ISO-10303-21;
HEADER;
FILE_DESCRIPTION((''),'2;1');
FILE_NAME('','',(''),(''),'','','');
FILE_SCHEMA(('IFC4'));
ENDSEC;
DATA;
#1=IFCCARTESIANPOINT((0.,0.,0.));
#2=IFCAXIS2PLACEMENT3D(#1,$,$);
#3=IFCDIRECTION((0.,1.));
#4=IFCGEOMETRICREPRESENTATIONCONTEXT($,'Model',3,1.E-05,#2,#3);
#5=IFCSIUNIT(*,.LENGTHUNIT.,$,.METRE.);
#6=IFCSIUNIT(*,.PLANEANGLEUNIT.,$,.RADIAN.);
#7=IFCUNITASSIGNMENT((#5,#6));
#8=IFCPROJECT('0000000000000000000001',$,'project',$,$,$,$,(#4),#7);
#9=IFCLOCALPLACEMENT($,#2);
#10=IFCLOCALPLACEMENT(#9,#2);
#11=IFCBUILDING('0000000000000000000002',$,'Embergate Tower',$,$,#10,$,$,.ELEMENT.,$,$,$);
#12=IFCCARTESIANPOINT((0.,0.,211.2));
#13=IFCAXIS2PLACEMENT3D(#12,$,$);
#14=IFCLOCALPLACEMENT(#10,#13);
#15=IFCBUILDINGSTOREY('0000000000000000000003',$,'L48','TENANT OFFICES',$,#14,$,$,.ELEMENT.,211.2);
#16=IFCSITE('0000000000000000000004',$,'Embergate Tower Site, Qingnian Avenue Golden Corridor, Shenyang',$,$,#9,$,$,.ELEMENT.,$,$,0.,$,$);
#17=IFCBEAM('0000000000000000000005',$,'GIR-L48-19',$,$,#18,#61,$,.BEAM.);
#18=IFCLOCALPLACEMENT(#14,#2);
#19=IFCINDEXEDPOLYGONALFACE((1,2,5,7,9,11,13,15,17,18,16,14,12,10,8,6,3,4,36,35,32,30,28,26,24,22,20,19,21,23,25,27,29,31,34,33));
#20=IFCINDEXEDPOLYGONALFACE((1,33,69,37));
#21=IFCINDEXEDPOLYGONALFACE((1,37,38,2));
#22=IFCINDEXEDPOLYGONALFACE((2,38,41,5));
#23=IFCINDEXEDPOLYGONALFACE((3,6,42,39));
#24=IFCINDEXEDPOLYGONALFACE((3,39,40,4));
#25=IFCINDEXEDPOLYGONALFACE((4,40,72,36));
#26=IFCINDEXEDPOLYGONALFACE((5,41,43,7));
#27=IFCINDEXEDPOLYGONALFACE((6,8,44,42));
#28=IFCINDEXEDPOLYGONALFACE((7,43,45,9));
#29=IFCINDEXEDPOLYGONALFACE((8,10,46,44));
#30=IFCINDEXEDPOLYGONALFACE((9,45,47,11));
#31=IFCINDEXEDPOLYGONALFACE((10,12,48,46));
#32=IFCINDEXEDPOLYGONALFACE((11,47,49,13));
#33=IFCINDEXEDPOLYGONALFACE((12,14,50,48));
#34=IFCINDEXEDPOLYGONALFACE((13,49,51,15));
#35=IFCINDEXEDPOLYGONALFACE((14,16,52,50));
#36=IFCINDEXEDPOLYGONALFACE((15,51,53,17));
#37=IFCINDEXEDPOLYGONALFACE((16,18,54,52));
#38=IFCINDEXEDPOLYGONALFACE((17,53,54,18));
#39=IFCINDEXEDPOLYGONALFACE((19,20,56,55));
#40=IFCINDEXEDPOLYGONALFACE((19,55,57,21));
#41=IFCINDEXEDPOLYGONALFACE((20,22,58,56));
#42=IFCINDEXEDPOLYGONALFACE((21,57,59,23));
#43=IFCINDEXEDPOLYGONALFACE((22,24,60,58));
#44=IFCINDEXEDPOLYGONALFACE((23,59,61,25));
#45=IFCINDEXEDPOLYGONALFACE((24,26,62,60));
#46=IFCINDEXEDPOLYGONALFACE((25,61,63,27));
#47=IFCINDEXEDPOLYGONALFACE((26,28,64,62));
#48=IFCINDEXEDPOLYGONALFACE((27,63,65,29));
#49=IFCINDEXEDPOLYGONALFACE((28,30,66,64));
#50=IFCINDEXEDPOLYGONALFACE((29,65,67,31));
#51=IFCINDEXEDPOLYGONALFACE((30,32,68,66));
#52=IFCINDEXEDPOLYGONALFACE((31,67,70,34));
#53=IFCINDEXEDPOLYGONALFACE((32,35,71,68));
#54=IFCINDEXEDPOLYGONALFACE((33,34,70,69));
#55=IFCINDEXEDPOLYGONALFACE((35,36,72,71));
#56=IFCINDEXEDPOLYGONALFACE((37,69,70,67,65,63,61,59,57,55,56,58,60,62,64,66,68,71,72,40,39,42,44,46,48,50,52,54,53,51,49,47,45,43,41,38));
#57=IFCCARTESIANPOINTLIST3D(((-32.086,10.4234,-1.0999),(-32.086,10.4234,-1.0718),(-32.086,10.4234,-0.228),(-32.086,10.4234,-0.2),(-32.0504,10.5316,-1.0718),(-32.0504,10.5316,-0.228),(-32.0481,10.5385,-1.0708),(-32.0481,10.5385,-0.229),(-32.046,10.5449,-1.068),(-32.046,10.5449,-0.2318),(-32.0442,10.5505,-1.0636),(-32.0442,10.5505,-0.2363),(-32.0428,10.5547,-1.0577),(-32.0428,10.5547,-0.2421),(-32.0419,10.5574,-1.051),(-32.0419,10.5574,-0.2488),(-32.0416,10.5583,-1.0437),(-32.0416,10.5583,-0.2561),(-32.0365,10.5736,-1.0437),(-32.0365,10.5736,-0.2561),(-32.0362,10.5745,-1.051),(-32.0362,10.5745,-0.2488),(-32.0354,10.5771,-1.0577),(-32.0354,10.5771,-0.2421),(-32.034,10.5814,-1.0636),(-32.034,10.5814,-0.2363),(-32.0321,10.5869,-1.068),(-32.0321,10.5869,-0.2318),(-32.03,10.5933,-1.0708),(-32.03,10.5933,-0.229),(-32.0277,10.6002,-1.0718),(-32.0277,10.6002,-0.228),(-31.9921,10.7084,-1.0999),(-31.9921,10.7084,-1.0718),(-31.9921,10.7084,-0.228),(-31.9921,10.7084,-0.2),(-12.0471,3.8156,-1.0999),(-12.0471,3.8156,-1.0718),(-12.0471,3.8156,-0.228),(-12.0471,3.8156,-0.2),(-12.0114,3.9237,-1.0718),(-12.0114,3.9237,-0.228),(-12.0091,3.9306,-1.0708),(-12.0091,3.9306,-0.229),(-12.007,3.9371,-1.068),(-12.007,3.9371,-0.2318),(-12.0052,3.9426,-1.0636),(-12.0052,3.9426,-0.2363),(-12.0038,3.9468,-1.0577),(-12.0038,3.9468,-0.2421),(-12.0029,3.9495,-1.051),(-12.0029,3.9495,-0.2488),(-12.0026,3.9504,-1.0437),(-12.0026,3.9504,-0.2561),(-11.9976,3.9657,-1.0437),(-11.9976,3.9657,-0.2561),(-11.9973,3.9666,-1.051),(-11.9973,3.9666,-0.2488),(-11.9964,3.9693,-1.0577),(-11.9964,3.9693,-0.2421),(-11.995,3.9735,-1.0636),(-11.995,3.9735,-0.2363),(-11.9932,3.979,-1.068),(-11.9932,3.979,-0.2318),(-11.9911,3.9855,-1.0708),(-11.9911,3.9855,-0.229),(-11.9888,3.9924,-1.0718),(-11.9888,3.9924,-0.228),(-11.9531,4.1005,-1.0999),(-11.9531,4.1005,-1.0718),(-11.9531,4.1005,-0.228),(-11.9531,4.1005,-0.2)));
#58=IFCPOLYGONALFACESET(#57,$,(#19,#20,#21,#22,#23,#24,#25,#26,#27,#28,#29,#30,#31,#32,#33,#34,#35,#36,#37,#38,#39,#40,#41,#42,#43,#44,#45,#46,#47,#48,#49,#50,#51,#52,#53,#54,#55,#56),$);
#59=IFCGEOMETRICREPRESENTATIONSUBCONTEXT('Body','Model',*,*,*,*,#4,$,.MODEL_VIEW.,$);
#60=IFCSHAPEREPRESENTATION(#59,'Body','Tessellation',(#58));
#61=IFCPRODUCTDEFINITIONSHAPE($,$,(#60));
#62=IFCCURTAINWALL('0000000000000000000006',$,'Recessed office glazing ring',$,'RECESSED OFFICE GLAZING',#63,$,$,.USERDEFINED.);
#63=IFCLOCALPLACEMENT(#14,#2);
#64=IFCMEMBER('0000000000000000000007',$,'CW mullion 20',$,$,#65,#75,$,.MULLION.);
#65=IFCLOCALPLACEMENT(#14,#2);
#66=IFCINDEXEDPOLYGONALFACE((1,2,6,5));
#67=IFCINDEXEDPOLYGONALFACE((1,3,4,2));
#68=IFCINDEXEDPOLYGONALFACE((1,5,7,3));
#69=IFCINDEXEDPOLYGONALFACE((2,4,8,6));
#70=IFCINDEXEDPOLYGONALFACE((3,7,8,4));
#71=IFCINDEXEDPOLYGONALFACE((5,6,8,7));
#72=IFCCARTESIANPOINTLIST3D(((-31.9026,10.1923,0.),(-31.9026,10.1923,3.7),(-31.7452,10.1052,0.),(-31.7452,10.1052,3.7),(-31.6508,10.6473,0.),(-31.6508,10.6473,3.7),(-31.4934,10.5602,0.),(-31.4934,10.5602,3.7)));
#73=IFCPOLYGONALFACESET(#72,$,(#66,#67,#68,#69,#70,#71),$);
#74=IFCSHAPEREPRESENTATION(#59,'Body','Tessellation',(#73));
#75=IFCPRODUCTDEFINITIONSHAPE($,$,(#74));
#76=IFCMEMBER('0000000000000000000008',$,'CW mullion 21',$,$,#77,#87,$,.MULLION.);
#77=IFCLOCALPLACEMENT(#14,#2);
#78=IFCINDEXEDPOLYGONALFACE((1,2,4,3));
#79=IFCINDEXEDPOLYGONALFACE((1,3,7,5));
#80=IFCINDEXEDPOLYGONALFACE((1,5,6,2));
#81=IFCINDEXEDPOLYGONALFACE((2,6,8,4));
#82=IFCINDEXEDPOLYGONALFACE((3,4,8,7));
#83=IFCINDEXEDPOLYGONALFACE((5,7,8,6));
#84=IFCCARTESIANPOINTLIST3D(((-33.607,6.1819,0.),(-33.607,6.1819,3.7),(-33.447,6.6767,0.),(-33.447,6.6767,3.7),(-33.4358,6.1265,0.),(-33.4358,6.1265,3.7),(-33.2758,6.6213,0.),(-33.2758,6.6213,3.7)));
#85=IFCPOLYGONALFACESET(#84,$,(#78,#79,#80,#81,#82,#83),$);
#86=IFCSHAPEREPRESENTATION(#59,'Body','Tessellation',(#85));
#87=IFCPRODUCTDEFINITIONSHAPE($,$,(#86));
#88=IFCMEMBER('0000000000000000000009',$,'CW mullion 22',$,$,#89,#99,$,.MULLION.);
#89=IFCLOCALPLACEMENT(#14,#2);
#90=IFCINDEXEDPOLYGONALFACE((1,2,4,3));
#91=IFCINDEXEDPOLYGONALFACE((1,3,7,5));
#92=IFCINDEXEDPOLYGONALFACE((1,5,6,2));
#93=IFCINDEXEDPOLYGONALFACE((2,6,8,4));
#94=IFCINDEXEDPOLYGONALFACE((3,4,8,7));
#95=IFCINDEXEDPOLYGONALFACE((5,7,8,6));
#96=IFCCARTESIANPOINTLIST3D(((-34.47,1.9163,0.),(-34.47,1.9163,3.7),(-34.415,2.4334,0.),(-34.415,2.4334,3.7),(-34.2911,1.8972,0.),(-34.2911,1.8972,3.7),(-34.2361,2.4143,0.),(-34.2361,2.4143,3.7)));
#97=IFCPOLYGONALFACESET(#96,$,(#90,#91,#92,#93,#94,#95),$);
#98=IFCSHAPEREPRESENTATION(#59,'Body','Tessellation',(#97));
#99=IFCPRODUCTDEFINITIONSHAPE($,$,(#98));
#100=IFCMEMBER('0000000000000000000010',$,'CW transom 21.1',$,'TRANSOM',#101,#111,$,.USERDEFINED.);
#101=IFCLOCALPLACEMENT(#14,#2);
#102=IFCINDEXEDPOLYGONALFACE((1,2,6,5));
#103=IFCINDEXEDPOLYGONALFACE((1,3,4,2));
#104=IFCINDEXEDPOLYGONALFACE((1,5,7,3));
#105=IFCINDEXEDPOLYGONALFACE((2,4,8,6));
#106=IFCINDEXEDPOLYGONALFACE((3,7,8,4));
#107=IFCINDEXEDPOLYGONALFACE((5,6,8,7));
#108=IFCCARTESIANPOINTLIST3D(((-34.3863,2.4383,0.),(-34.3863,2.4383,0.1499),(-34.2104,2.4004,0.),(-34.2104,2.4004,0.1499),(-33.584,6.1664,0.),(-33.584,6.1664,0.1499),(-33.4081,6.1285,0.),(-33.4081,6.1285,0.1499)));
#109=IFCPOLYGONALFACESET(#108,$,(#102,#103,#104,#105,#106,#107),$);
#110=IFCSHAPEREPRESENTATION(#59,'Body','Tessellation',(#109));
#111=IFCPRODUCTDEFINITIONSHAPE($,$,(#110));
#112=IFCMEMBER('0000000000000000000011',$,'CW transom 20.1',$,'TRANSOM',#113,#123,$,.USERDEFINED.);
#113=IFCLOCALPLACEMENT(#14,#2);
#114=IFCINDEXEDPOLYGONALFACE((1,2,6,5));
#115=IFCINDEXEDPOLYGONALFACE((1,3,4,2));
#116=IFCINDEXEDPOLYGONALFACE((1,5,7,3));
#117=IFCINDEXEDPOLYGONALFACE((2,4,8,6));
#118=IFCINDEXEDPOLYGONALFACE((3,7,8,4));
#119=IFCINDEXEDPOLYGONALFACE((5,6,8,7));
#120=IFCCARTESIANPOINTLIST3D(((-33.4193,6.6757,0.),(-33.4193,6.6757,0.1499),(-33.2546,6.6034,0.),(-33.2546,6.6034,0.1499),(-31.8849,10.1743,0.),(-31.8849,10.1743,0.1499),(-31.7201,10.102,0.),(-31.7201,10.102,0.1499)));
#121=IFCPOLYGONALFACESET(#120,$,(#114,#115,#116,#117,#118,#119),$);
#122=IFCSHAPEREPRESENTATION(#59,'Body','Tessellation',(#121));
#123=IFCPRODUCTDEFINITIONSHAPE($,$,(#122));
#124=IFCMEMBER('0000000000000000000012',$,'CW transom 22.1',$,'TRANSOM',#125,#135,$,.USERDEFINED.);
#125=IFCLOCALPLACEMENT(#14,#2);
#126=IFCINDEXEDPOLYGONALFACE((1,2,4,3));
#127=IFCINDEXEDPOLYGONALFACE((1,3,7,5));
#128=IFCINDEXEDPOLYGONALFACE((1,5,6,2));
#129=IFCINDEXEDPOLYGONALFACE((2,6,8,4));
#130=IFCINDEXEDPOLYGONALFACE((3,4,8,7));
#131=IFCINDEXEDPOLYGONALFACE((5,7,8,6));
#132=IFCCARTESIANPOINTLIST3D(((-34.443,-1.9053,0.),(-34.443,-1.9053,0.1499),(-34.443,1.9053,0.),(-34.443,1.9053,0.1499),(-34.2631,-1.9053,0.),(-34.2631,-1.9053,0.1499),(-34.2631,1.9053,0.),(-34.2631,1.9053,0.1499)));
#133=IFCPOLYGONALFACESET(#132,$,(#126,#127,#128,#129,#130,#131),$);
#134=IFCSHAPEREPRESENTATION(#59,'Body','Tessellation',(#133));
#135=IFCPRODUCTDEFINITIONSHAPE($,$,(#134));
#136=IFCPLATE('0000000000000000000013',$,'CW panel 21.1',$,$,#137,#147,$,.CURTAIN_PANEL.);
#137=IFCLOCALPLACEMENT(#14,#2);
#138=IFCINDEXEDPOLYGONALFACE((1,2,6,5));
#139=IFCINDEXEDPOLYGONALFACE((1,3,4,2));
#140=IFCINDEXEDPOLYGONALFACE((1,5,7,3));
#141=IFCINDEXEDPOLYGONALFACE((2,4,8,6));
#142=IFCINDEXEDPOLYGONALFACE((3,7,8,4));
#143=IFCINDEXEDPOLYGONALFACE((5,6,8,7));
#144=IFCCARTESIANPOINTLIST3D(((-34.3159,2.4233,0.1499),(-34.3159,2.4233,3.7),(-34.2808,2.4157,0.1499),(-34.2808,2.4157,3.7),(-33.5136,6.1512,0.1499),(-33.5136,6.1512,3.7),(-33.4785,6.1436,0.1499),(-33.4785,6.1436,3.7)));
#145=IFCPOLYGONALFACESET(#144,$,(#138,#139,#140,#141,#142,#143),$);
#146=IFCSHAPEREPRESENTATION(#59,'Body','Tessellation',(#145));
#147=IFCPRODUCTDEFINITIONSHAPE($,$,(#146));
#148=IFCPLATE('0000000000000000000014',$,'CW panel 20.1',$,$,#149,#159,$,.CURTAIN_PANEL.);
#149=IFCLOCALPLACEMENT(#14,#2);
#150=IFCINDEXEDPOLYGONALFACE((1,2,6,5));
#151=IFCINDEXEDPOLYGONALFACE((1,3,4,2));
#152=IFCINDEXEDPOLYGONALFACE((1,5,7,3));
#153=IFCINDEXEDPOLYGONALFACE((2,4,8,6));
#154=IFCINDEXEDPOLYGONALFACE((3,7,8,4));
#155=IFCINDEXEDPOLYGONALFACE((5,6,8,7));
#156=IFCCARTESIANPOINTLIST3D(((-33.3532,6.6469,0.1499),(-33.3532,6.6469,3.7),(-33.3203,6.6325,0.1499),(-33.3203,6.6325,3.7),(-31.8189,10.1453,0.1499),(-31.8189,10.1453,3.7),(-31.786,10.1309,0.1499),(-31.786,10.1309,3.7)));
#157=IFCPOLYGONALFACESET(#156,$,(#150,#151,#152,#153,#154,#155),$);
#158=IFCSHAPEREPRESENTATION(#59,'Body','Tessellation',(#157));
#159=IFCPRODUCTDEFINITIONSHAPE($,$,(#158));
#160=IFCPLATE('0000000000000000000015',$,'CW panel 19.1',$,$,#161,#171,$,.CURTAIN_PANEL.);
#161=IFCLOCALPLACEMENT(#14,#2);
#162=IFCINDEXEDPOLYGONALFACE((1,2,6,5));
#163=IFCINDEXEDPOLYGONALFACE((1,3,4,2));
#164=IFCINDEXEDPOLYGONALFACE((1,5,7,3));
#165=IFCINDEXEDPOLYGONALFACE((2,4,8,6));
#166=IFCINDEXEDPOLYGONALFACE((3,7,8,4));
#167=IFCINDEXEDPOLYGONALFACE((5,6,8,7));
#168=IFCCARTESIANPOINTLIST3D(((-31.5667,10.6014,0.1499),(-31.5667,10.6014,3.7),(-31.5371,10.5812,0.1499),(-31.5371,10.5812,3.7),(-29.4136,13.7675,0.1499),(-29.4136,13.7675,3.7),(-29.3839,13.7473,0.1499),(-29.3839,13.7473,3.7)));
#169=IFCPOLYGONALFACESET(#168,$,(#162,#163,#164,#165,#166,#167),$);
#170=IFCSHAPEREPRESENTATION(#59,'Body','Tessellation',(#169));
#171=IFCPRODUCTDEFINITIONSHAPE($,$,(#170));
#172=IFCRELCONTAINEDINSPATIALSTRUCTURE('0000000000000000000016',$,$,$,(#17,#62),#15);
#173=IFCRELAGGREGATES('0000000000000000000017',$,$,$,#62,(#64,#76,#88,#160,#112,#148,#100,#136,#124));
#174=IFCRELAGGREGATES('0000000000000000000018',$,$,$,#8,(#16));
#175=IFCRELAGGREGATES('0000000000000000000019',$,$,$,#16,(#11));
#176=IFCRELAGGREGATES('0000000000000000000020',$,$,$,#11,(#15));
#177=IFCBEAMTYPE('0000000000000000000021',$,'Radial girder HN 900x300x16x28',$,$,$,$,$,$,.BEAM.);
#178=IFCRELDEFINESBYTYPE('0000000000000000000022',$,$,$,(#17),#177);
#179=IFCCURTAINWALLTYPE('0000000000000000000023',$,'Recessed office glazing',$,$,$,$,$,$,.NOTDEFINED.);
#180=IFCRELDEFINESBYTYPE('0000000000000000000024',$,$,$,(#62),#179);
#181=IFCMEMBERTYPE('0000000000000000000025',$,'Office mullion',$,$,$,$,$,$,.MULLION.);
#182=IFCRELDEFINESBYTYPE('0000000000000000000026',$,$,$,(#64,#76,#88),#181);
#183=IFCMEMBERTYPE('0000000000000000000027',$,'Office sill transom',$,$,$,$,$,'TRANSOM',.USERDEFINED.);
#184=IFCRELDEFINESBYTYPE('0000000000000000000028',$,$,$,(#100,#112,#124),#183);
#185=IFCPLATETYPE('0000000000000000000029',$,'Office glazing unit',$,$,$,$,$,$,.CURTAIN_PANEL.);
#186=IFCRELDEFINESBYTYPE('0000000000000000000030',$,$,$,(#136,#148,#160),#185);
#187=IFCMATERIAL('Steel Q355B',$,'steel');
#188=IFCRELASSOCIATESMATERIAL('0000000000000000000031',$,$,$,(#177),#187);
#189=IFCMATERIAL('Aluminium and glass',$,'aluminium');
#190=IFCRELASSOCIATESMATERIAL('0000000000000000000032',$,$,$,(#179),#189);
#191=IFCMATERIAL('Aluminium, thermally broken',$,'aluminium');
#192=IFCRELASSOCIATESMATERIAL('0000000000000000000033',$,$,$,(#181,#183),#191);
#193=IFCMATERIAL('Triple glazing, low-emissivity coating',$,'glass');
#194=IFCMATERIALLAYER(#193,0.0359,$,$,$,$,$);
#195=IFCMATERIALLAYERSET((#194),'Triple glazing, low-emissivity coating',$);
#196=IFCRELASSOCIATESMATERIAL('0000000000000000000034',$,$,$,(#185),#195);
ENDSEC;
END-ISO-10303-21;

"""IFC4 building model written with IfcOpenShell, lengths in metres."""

from ifc_helpers import new_model, si_unit, direction, frame, origin, origin_2d, place, context, subcontext, project, spatial, rectangle, i_section, extrude, source, transform, mapped, material, layer, layer_set, material_profile, profile_set, type_object, element, aggregate, save


model = new_model("IFC4")

# Units and contexts
model_context = context("Model", 3, precision=1e-05, world=origin(), true_north=direction((0.0, 1.0)))
body_context = subcontext(model_context, "Body", "Model", "MODEL_VIEW")
ifc_project = project(units=[si_unit("LENGTHUNIT", "METRE"), si_unit("PLANEANGLEUNIT", "RADIAN")], contexts=[model_context])

# Site, building, storey
site_placement = place(None, origin())
site = spatial("IfcSite", under=ifc_project, at=site_placement, Name="Embergate Tower Site, Qingnian Avenue Golden Corridor, Shenyang", CompositionType="ELEMENT", RefElevation=0.0)
building_placement = place(site_placement, origin())
building = spatial("IfcBuilding", under=site, at=building_placement, Name="Embergate Tower", CompositionType="ELEMENT")
storey_placement = place(building_placement, frame((0.0, 0.0, 211.2)))
storey = spatial("IfcBuildingStorey", under=building, at=storey_placement, Name="L48", Description="TENANT OFFICES", CompositionType="ELEMENT", Elevation=211.2)

# Beam
ifc_material_1 = material(Name="Steel Q355B", Category="steel")
ifc_material_profile_1 = material_profile(ifc_material_1, i_section(OverallWidth=0.3, OverallDepth=0.8999, WebThickness=0.0161, FlangeThickness=0.0281, FilletRadius=0.0281, at=origin_2d()), Name="HN 900x300x16x28")
ifc_profile_set_1 = profile_set([ifc_material_profile_1], Name="Steel Q355 grade B")
beam_type_1 = type_object("IfcBeamType", Name="Radial girder HN 900x300x16x28", PredefinedType="BEAM", material=ifc_profile_set_1)
shared_shape_1 = source(origin(), body_context, "Body", "SweptSolid", [
    extrude(i_section(OverallWidth=0.3, OverallDepth=0.8999, WebThickness=0.0161, FlangeThickness=0.0281, FilletRadius=0.0281, at=origin_2d()), origin(), (0.0, 0.0, 1.0), 21.1003),
])
beam_1_placement = place(storey_placement, frame((-32.0391, 10.5659, -0.6499), z_axis=(0.949699, -0.313165, 0.0), x_axis=(0.313165, 0.949699, 0.0)))
element("IfcBeam", 1, at=beam_1_placement, inside=storey, type_object=beam_type_1, Name="GIR-L48-19", PredefinedType="BEAM", context=body_context, shape_type="MappedRepresentation", body=[
    mapped(shared_shape_1, transform((0.0, 0.0, 0.0))),
])

# Curtain wall, members, plates
ifc_material_2 = material(Name="Aluminium and glass", Category="aluminium")
curtain_wall_type = type_object("IfcCurtainWallType", Name="Recessed office glazing", PredefinedType="NOTDEFINED", material=ifc_material_2)
curtain_wall_placement = place(storey_placement, origin())
curtain_wall = element("IfcCurtainWall", 2, at=curtain_wall_placement, inside=storey, type_object=curtain_wall_type, Name="Recessed office glazing ring", ObjectType="RECESSED OFFICE GLAZING", PredefinedType="USERDEFINED")
ifc_material_3 = material(Name="Aluminium, thermally broken", Category="aluminium")
ifc_material_profile_2 = material_profile(ifc_material_3, rectangle(XDim=0.1799, YDim=0.52, at=origin_2d()), Name="AL 520x180")
ifc_profile_set_2 = profile_set([ifc_material_profile_2], Name="Aluminium, thermally broken")
member_type_1 = type_object("IfcMemberType", Name="Office mullion", PredefinedType="MULLION", material=ifc_profile_set_2)
shared_shape_2 = source(origin(), body_context, "Body", "SweptSolid", [
    extrude(rectangle(XDim=0.1799, YDim=0.52, at=origin_2d()), origin(), (0.0, 0.0, 1.0), 3.7),
])
member_1_placement = place(storey_placement, frame((-31.698, 10.3762, 0.0), z_axis=(0.0, 0.0, 1.0), x_axis=(0.875003, -0.484118, 0.0)))
member_1 = element("IfcMember", 3, at=member_1_placement, type_object=member_type_1, Name="CW mullion 20", PredefinedType="MULLION", context=body_context, shape_type="MappedRepresentation", body=[
    mapped(shared_shape_2, transform((0.0, 0.0, 0.0))),
])
member_2_placement = place(storey_placement, frame((-33.4414, 6.4016, 0.0), z_axis=(0.0, 0.0, 1.0), x_axis=(0.951498, -0.307656, 0.0)))
member_2 = element("IfcMember", 4, at=member_2_placement, type_object=member_type_1, Name="CW mullion 21", PredefinedType="MULLION", context=body_context, shape_type="MappedRepresentation", body=[
    mapped(shared_shape_2, transform((0.0, 0.0, 0.0))),
])
member_3_placement = place(storey_placement, frame((-34.353, 2.1653, 0.0), z_axis=(0.0, 0.0, 1.0), x_axis=(0.994385, -0.105823, 0.0)))
member_3 = element("IfcMember", 5, at=member_3_placement, type_object=member_type_1, Name="CW mullion 22", PredefinedType="MULLION", context=body_context, shape_type="MappedRepresentation", body=[
    mapped(shared_shape_2, transform((0.0, 0.0, 0.0))),
])
ifc_material_profile_3 = material_profile(ifc_material_3, rectangle(XDim=0.1799, YDim=0.1499, at=origin_2d()), Name="AL 150x180")
ifc_profile_set_3 = profile_set([ifc_material_profile_3], Name="Aluminium, thermally broken")
member_type_2 = type_object("IfcMemberType", Name="Office sill transom", ElementType="TRANSOM", PredefinedType="USERDEFINED", material=ifc_profile_set_3)
shared_shape_3 = source(origin(), body_context, "Body", "SweptSolid", [
    extrude(rectangle(XDim=0.1799, YDim=0.1499, at=origin_2d()), origin(), (0.0, 0.0, 1.0), 3.8135),
])
member_4_placement = place(storey_placement, frame((-33.4961, 6.1475, 0.075), z_axis=(-0.210377, -0.97762, 0.0), x_axis=(0.97762, -0.210377, 0.0)))
member_4 = element("IfcMember", 6, at=member_4_placement, type_object=member_type_2, Name="CW transom 21.1", ObjectType="TRANSOM", PredefinedType="USERDEFINED", context=body_context, shape_type="MappedRepresentation", body=[
    mapped(shared_shape_3, transform((0.0, 0.0, 0.0))),
])
shared_shape_4 = source(origin(), body_context, "Body", "SweptSolid", [
    extrude(rectangle(XDim=0.1799, YDim=0.1499, at=origin_2d()), origin(), (0.0, 0.0, 1.0), 3.8203),
])
member_5_placement = place(storey_placement, frame((-31.8025, 10.1382, 0.075), z_axis=(-0.401657, -0.91579, 0.0), x_axis=(0.91579, -0.401657, 0.0)))
member_5 = element("IfcMember", 7, at=member_5_placement, type_object=member_type_2, Name="CW transom 20.1", ObjectType="TRANSOM", PredefinedType="USERDEFINED", context=body_context, shape_type="MappedRepresentation", body=[
    mapped(shared_shape_4, transform((0.0, 0.0, 0.0))),
])
shared_shape_5 = source(origin(), body_context, "Body", "SweptSolid", [
    extrude(rectangle(XDim=0.1799, YDim=0.1499, at=origin_2d()), origin(), (0.0, 0.0, 1.0), 3.8105),
])
member_6_placement = place(storey_placement, frame((-34.353, 1.9053, 0.075), z_axis=(0.0, -1.0, 0.0), x_axis=(1.0, 0.0, 0.0)))
member_6 = element("IfcMember", 8, at=member_6_placement, type_object=member_type_2, Name="CW transom 22.1", ObjectType="TRANSOM", PredefinedType="USERDEFINED", context=body_context, shape_type="MappedRepresentation", body=[
    mapped(shared_shape_5, transform((0.0, 0.0, 0.0))),
])
ifc_material_4 = material(Name="Triple glazing, low-emissivity coating", Category="glass")
ifc_layer_1 = layer(ifc_material_4, 0.0359)
ifc_layer_set_1 = layer_set([ifc_layer_1], Name="Triple glazing, low-emissivity coating")
plate_type = type_object("IfcPlateType", Name="Office glazing unit", PredefinedType="CURTAIN_PANEL", material=ifc_layer_set_1)
shared_shape_6 = source(origin(), body_context, "Body", "SweptSolid", [
    extrude(rectangle(XDim=3.8132, YDim=0.0359, at=origin_2d()), origin(), (0.0, 0.0, 1.0), 3.55),
])
plate_1_placement = place(storey_placement, frame((-33.8972, 4.2834, 0.1499), z_axis=(0.0, 0.0, 1.0), x_axis=(-0.210395, -0.977616, 0.0)))
plate_1 = element("IfcPlate", 9, at=plate_1_placement, type_object=plate_type, Name="CW panel 21.1", PredefinedType="CURTAIN_PANEL", context=body_context, shape_type="MappedRepresentation", body=[
    mapped(shared_shape_6, transform((0.0, 0.0, 0.0))),
])
shared_shape_7 = source(origin(), body_context, "Body", "SweptSolid", [
    extrude(rectangle(XDim=3.8201, YDim=0.0359, at=origin_2d()), origin(), (0.0, 0.0, 1.0), 3.55),
])
plate_2_placement = place(storey_placement, frame((-32.5696, 8.3889, 0.1499), z_axis=(0.0, 0.0, 1.0), x_axis=(-0.401649, -0.915794, 0.0)))
plate_2 = element("IfcPlate", 10, at=plate_2_placement, type_object=plate_type, Name="CW panel 20.1", PredefinedType="CURTAIN_PANEL", context=body_context, shape_type="MappedRepresentation", body=[
    mapped(shared_shape_7, transform((0.0, 0.0, 0.0))),
])
shared_shape_8 = source(origin(), body_context, "Body", "SweptSolid", [
    extrude(rectangle(XDim=3.8289, YDim=0.0359, at=origin_2d()), origin(), (0.0, 0.0, 1.0), 3.55),
])
plate_3_placement = place(storey_placement, frame((-30.4753, 12.1743, 0.1499), z_axis=(0.0, 0.0, 1.0), x_axis=(-0.562337, -0.826908, 0.0)))
plate_3 = element("IfcPlate", 11, at=plate_3_placement, type_object=plate_type, Name="CW panel 19.1", PredefinedType="CURTAIN_PANEL", context=body_context, shape_type="MappedRepresentation", body=[
    mapped(shared_shape_8, transform((0.0, 0.0, 0.0))),
])
aggregate(curtain_wall, [member_1, member_2, member_3, plate_3, member_5, plate_2, member_4, plate_1, member_6])

save(model, "model.ifc")
